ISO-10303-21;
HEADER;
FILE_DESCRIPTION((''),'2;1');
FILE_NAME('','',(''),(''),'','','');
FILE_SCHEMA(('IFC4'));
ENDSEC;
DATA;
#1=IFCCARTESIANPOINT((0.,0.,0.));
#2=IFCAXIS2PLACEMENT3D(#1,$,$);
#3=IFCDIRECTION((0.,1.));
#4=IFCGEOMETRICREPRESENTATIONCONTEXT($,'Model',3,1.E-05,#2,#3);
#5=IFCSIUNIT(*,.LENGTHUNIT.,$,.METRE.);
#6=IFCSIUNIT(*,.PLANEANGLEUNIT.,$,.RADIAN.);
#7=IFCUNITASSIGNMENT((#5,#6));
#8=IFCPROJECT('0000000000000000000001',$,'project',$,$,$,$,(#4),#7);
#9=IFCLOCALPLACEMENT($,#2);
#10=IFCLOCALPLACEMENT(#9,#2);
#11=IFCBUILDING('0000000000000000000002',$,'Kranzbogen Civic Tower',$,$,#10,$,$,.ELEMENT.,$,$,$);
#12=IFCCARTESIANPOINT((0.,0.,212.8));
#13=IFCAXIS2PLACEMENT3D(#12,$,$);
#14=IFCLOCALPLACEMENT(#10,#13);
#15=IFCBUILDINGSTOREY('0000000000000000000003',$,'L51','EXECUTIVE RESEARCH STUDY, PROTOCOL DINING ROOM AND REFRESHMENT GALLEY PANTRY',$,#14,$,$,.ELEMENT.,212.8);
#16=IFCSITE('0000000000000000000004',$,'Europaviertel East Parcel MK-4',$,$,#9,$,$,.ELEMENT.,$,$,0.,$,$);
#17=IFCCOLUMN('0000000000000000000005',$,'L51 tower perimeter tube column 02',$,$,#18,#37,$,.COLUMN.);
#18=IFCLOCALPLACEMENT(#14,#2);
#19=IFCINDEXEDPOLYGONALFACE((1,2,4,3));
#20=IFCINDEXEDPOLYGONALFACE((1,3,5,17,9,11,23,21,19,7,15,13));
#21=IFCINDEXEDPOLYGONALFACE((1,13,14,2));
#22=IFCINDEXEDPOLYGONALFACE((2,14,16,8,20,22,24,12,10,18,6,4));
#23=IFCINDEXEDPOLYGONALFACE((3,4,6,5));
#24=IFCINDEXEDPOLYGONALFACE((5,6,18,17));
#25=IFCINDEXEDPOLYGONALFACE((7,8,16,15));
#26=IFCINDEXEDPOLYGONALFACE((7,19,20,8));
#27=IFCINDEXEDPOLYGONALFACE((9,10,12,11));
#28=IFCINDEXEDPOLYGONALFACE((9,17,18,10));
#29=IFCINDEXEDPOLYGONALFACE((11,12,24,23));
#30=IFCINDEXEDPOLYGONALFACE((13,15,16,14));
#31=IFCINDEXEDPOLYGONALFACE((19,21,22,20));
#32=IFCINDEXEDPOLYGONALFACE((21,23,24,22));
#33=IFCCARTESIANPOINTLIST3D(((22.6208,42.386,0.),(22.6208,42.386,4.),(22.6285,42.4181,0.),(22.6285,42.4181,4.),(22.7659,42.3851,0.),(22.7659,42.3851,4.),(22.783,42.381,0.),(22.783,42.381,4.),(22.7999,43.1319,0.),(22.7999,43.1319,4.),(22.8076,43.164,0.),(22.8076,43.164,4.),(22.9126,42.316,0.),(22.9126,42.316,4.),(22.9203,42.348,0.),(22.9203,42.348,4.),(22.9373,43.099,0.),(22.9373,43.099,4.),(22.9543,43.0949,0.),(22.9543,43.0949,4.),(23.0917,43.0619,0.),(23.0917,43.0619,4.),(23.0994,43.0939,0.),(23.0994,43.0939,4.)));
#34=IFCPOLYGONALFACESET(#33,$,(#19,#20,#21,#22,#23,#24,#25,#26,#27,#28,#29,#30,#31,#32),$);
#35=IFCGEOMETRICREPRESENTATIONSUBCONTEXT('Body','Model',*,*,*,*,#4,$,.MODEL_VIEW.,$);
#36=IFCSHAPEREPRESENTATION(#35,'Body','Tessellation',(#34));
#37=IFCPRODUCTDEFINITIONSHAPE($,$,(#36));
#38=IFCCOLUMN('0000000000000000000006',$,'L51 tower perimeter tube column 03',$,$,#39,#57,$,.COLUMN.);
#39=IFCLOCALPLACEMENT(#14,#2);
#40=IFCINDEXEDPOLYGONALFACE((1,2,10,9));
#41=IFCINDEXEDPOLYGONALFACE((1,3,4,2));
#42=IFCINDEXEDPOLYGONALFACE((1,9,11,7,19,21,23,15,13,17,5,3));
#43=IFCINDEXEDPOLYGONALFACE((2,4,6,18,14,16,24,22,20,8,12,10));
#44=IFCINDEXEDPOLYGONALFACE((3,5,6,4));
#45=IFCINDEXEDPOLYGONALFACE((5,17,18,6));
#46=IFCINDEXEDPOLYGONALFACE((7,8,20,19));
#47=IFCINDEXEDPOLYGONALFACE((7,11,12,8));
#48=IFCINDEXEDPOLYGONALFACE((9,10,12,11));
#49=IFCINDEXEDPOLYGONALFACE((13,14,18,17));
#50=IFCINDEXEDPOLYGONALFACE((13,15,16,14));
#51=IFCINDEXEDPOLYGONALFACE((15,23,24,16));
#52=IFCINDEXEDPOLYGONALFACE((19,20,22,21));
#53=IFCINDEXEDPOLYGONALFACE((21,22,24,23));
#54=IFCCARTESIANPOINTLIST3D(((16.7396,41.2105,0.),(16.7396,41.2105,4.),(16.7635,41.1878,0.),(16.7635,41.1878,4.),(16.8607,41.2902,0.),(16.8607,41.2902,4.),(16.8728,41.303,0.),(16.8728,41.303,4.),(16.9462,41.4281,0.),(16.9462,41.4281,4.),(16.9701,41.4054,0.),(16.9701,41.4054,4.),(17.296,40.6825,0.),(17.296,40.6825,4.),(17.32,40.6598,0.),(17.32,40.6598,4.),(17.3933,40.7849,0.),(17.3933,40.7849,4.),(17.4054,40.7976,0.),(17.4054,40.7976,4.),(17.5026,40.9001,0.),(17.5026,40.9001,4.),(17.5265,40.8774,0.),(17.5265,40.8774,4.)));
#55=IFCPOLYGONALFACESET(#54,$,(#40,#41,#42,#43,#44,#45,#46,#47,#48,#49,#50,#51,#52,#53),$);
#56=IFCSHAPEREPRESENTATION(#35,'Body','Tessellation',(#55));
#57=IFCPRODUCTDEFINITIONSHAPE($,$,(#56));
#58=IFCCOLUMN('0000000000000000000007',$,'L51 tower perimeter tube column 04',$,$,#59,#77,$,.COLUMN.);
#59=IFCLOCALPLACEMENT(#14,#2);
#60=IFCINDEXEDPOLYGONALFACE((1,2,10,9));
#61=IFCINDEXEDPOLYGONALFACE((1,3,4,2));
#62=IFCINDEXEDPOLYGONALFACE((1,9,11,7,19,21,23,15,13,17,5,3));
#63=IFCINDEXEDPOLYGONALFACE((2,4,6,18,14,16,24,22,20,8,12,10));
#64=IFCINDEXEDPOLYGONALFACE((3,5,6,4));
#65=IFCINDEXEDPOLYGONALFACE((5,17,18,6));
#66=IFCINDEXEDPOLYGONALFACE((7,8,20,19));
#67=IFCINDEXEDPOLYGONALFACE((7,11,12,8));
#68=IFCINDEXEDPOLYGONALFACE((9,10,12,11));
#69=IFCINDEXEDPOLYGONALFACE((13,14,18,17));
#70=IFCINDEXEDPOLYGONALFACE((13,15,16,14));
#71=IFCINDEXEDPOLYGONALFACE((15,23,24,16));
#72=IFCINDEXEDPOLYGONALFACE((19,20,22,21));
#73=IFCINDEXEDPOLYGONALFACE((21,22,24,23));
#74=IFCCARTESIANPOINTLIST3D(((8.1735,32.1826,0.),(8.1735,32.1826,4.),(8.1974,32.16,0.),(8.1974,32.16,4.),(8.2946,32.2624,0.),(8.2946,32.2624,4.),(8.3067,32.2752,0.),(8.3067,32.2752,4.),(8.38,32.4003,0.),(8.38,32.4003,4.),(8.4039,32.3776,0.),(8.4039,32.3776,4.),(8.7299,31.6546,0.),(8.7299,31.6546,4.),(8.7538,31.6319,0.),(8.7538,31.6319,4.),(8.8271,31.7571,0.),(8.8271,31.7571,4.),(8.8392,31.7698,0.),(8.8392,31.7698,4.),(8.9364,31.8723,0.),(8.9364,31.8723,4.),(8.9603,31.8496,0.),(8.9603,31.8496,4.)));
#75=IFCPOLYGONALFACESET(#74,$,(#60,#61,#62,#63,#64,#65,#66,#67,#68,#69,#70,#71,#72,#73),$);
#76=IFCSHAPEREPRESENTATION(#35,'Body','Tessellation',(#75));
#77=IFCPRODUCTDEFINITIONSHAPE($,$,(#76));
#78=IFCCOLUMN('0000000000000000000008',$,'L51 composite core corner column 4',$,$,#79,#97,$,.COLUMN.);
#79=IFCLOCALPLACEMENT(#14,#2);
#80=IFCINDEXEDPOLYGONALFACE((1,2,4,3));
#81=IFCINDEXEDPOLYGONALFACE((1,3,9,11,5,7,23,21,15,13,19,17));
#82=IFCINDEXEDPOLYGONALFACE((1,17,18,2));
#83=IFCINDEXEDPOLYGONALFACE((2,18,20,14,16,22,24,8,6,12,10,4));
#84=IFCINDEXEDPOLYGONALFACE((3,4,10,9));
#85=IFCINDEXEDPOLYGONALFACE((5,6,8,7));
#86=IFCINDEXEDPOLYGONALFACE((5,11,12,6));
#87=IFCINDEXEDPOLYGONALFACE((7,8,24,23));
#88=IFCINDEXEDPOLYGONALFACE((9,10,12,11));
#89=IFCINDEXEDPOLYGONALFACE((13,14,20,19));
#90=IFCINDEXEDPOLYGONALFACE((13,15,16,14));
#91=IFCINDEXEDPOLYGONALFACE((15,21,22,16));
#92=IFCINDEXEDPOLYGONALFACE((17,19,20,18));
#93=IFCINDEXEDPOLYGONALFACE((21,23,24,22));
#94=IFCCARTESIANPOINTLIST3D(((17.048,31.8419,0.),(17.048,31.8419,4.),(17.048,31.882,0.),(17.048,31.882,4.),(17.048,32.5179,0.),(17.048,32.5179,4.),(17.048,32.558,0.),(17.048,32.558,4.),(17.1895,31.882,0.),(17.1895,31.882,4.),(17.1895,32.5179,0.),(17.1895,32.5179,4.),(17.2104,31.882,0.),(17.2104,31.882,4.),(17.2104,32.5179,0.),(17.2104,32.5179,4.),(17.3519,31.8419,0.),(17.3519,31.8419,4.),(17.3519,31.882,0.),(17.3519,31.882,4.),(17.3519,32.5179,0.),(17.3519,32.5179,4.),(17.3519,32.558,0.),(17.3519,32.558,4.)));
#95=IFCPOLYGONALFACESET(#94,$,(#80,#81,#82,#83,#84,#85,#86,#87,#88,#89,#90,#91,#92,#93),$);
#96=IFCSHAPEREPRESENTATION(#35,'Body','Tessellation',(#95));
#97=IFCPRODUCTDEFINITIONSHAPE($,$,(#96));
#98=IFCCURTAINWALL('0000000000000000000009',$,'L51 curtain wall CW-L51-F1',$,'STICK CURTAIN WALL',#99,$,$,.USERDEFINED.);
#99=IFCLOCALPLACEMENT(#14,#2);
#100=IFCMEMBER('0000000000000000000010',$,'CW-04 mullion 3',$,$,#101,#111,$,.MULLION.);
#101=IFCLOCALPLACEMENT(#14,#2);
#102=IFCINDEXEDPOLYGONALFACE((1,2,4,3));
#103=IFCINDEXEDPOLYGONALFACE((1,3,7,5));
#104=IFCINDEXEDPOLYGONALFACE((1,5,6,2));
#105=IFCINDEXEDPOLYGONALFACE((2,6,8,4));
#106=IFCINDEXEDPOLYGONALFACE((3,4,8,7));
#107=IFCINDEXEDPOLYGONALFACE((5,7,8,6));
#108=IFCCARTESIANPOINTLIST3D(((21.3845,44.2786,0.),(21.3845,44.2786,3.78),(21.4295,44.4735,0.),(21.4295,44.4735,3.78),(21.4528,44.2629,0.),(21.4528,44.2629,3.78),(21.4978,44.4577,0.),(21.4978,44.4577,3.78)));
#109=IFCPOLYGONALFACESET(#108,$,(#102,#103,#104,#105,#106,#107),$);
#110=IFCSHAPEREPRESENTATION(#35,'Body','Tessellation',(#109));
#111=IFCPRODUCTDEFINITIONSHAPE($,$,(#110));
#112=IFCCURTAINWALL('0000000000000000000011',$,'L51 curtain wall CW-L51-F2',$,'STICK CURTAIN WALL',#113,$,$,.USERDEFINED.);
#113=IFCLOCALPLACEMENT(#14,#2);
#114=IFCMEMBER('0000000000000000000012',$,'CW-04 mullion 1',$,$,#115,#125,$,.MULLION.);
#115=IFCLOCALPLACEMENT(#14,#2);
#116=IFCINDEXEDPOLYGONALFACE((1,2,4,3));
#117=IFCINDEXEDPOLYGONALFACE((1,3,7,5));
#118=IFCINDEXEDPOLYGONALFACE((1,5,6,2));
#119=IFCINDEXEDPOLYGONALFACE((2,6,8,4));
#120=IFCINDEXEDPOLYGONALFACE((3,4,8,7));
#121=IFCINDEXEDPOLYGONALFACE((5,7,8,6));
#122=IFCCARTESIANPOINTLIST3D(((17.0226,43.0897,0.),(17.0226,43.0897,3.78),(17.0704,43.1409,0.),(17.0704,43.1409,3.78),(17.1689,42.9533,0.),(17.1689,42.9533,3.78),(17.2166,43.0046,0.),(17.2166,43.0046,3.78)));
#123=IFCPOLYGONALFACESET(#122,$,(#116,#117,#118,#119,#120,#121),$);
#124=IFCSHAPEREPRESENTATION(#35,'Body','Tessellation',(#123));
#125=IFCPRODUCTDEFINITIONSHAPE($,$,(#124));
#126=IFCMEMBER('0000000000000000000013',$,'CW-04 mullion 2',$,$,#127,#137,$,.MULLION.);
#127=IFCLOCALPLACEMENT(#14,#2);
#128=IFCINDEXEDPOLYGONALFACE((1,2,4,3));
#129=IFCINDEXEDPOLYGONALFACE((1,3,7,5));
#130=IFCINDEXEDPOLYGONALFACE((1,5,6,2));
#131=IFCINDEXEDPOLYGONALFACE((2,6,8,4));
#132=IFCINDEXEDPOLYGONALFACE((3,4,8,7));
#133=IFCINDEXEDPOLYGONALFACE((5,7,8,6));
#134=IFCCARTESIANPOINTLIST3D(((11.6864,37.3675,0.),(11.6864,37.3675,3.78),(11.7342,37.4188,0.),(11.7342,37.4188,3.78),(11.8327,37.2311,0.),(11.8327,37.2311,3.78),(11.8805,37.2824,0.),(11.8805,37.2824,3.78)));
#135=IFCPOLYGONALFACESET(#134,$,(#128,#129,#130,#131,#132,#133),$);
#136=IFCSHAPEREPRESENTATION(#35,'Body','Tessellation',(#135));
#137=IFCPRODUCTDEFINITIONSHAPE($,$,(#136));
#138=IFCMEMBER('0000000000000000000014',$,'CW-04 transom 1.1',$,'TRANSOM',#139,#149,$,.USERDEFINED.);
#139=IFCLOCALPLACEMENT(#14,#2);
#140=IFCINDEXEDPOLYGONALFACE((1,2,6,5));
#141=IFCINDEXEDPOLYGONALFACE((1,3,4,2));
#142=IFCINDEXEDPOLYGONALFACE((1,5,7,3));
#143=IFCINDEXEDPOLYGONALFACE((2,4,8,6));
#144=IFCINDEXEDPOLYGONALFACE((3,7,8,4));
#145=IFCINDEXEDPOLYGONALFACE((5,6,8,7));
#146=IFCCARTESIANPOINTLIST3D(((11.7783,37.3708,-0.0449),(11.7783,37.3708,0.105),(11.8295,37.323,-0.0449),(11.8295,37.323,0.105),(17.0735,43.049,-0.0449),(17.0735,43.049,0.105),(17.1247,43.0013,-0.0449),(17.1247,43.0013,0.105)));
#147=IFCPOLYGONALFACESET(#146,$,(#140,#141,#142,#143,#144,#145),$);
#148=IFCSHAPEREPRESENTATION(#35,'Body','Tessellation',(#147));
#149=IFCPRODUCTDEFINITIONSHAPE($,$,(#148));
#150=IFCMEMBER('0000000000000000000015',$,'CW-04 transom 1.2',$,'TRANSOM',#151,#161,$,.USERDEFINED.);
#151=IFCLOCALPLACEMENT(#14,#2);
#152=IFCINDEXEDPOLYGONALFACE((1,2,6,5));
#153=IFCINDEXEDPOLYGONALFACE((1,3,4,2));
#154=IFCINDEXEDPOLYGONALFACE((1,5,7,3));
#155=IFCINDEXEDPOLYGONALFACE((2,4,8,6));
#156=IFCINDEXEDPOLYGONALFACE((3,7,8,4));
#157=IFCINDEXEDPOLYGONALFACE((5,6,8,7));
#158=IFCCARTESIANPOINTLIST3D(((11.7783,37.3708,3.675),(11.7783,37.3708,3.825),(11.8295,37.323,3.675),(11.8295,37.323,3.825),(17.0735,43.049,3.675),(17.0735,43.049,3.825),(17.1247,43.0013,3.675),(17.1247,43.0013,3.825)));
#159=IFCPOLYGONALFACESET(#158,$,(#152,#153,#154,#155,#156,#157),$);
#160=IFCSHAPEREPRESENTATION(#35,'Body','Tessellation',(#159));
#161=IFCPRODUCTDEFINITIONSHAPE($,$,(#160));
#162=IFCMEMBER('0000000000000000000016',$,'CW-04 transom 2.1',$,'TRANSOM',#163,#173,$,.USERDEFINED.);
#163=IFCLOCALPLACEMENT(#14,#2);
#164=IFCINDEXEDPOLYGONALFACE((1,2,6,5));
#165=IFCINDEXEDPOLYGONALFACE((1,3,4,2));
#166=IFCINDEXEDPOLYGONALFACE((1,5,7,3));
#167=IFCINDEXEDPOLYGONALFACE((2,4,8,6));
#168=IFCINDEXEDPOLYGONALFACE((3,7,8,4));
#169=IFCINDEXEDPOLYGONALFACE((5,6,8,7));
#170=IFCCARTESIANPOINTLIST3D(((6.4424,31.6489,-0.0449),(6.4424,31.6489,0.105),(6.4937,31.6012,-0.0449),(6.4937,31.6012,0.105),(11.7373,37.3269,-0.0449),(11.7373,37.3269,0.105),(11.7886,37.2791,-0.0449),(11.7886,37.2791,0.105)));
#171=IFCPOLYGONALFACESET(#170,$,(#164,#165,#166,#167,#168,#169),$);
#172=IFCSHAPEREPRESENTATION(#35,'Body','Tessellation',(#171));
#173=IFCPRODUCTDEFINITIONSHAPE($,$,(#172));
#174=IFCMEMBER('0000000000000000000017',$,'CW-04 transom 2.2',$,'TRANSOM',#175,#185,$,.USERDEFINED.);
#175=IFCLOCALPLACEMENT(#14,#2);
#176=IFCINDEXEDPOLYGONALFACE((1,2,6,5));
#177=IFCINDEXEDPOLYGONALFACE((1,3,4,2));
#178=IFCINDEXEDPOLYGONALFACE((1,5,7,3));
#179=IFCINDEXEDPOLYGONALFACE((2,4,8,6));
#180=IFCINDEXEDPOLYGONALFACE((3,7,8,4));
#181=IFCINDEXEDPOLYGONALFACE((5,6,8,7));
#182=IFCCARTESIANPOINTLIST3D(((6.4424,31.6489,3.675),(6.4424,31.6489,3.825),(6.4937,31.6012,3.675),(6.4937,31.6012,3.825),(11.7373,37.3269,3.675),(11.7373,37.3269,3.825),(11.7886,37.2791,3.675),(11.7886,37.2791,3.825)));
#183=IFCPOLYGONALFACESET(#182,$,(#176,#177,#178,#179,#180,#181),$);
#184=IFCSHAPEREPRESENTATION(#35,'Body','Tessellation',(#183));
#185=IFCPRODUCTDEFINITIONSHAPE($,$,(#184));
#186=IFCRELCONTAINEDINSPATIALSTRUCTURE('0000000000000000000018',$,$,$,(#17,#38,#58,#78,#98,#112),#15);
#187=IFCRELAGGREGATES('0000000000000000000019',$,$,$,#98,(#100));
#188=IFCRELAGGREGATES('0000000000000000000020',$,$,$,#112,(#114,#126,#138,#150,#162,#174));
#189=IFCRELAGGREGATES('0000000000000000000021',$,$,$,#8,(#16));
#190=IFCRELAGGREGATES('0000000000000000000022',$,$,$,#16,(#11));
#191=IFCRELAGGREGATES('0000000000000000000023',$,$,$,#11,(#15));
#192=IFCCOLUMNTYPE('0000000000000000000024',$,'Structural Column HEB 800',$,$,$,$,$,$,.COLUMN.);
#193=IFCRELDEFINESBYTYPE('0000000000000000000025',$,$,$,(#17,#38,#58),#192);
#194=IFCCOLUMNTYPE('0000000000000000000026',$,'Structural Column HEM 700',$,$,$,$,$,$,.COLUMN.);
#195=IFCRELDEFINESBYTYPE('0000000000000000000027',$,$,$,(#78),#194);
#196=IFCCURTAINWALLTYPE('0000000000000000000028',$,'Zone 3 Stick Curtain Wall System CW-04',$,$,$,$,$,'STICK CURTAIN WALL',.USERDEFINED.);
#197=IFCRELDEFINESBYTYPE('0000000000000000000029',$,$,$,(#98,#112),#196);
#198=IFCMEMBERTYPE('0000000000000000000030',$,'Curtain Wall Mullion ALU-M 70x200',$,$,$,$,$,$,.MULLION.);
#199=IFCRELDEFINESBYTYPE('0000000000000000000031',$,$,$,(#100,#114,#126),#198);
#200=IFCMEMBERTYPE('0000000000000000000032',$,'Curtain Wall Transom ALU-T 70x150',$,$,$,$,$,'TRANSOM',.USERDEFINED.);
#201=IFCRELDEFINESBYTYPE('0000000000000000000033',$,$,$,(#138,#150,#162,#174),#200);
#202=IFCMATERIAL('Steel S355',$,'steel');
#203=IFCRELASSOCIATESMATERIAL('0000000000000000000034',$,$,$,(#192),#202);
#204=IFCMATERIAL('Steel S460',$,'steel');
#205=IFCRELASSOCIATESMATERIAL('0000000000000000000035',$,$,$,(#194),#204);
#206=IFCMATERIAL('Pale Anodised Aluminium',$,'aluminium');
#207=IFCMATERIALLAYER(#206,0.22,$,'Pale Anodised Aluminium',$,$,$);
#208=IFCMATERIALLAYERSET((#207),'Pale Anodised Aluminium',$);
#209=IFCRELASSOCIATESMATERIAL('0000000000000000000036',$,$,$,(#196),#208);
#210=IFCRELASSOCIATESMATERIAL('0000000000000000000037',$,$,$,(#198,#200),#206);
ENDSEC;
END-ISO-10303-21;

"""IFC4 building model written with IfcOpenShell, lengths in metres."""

from ifc_helpers import new_model, si_unit, direction, frame, origin, origin_2d, place, context, subcontext, project, spatial, rectangle, i_section, extrude, material, layer, layer_set, material_profile, profile_set, type_object, element, aggregate, save


model = new_model("IFC4")

# Units and contexts
model_context = context("Model", 3, precision=1e-05, world=origin(), true_north=direction((0.0, 1.0)))
body_context = subcontext(model_context, "Body", "Model", "MODEL_VIEW")
ifc_project = project(units=[si_unit("LENGTHUNIT", "METRE"), si_unit("PLANEANGLEUNIT", "RADIAN")], contexts=[model_context])

# Site, building, storey
site_placement = place(None, origin())
site = spatial("IfcSite", under=ifc_project, at=site_placement, Name="Europaviertel East Parcel MK-4", CompositionType="ELEMENT", RefElevation=0.0)
building_placement = place(site_placement, origin())
building = spatial("IfcBuilding", under=site, at=building_placement, Name="Kranzbogen Civic Tower", CompositionType="ELEMENT")
storey_placement = place(building_placement, frame((0.0, 0.0, 212.8)))
storey = spatial("IfcBuildingStorey", under=building, at=storey_placement, Name="L51", Description="EXECUTIVE RESEARCH STUDY, PROTOCOL DINING ROOM AND REFRESHMENT GALLEY PANTRY", CompositionType="ELEMENT", Elevation=212.8)

# Columns
ifc_material_1 = material(Name="Steel S355", Category="steel")
ifc_material_profile_1 = material_profile(ifc_material_1, i_section(OverallWidth=0.3, OverallDepth=0.8, WebThickness=0.0176, FlangeThickness=0.033, at=origin_2d()), Name="HEB 800")
ifc_profile_set_1 = profile_set([ifc_material_profile_1], Name="Steel S355")
column_type_1 = type_object("IfcColumnType", Name="Structural Column HEB 800", PredefinedType="COLUMN", material=ifc_profile_set_1)
for number, where, z_axis, x_axis, name in (
    (1, (22.8601, 42.74, 0.0), (0.0, 0.0, 1.0), (-0.97237, 0.233445, 0.0), "L51 tower perimeter tube column 02"),
    (2, (17.1331, 41.0439, 0.0), (0.0, 0.0, 1.0), (0.688355, 0.725374, 0.0), "L51 tower perimeter tube column 03"),
    (3, (8.5669, 32.0161, 0.0), (0.0, 0.0, 1.0), (0.688355, 0.725374, 0.0), "L51 tower perimeter tube column 04"),
):
    element("IfcColumn", number, at=place(storey_placement, frame(where, z_axis=z_axis, x_axis=x_axis)), inside=storey, type_object=column_type_1, Name=name, PredefinedType="COLUMN", context=body_context, shape_type="SweptSolid", body=[
        extrude(i_section(OverallWidth=0.3, OverallDepth=0.8, WebThickness=0.0176, FlangeThickness=0.033, at=origin_2d()), origin(), (0.0, 0.0, 1.0), 4.0),
    ])
ifc_material_2 = material(Name="Steel S460", Category="steel")
ifc_material_profile_2 = material_profile(ifc_material_2, i_section(OverallWidth=0.304, OverallDepth=0.7161, WebThickness=0.021, FlangeThickness=0.04, at=origin_2d()), Name="HEM 700")
ifc_profile_set_2 = profile_set([ifc_material_profile_2], Name="Steel S460")
column_type_2 = type_object("IfcColumnType", Name="Structural Column HEM 700", PredefinedType="COLUMN", material=ifc_profile_set_2)
column_placement = place(storey_placement, frame((17.2, 32.2, 0.0), z_axis=(0.0, 0.0, 1.0), x_axis=(1.0, 0.0, 0.0)))
element("IfcColumn", 4, at=column_placement, inside=storey, type_object=column_type_2, Name="L51 composite core corner column 4", PredefinedType="COLUMN", context=body_context, shape_type="SweptSolid", body=[
    extrude(i_section(OverallWidth=0.304, OverallDepth=0.7161, WebThickness=0.021, FlangeThickness=0.04, at=origin_2d()), origin(), (0.0, 0.0, 1.0), 4.0),
])

# Curtain wall, member
ifc_material_3 = material(Name="Pale Anodised Aluminium", Category="aluminium")
ifc_layer_1 = layer(ifc_material_3, 0.22, Name="Pale Anodised Aluminium")
ifc_layer_set_1 = layer_set([ifc_layer_1], Name="Pale Anodised Aluminium")
curtain_wall_type = type_object("IfcCurtainWallType", Name="Zone 3 Stick Curtain Wall System CW-04", ElementType="STICK CURTAIN WALL", PredefinedType="USERDEFINED", material=ifc_layer_set_1)
curtain_wall_1_placement = place(storey_placement, origin())
curtain_wall_1 = element("IfcCurtainWall", 5, at=curtain_wall_1_placement, inside=storey, type_object=curtain_wall_type, Name="L51 curtain wall CW-L51-F1", ObjectType="STICK CURTAIN WALL", PredefinedType="USERDEFINED")
ifc_material_profile_3 = material_profile(ifc_material_3, rectangle(XDim=0.0701, YDim=0.2, at=origin_2d()), Name="ALU-M 70x200")
ifc_profile_set_3 = profile_set([ifc_material_profile_3], Name="Pale Anodised Aluminium")
member_type_1 = type_object("IfcMemberType", Name="Curtain Wall Mullion ALU-M 70x200", PredefinedType="MULLION", material=ifc_profile_set_3)
member_1_placement = place(storey_placement, frame((21.4412, 44.3682, 0.0), z_axis=(0.0, 0.0, 1.0), x_axis=(-0.974365, 0.224971, 0.0)))
member_1 = element("IfcMember", 6, at=member_1_placement, type_object=member_type_1, Name="CW-04 mullion 3", PredefinedType="MULLION", context=body_context, shape_type="SweptSolid", body=[
    extrude(rectangle(XDim=0.0701, YDim=0.2, at=origin_2d()), origin(), (0.0, 0.0, 1.0), 3.78),
])
aggregate(curtain_wall_1, [member_1])

# Curtain wall, members
curtain_wall_2_placement = place(storey_placement, origin())
curtain_wall_2 = element("IfcCurtainWall", 7, at=curtain_wall_2_placement, inside=storey, type_object=curtain_wall_type, Name="L51 curtain wall CW-L51-F2", ObjectType="STICK CURTAIN WALL", PredefinedType="USERDEFINED")
member_2_placement = place(storey_placement, frame((17.1196, 43.0471, 0.0), z_axis=(0.0, 0.0, 1.0), x_axis=(-0.682007, -0.731345, 0.0)))
member_2 = element("IfcMember", 8, at=member_2_placement, type_object=member_type_1, Name="CW-04 mullion 1", PredefinedType="MULLION", context=body_context, shape_type="SweptSolid", body=[
    extrude(rectangle(XDim=0.0701, YDim=0.2, at=origin_2d()), origin(), (0.0, 0.0, 1.0), 3.78),
])
member_3_placement = place(storey_placement, frame((11.7834, 37.325, 0.0), z_axis=(0.0, 0.0, 1.0), x_axis=(-0.682007, -0.731345, 0.0)))
member_3 = element("IfcMember", 9, at=member_3_placement, type_object=member_type_1, Name="CW-04 mullion 2", PredefinedType="MULLION", context=body_context, shape_type="SweptSolid", body=[
    extrude(rectangle(XDim=0.0701, YDim=0.2, at=origin_2d()), origin(), (0.0, 0.0, 1.0), 3.78),
])
ifc_material_profile_4 = material_profile(ifc_material_3, rectangle(XDim=0.0701, YDim=0.1499, at=origin_2d()), Name="ALU-T 70x150")
ifc_profile_set_4 = profile_set([ifc_material_profile_4], Name="Pale Anodised Aluminium")
member_type_2 = type_object("IfcMemberType", Name="Curtain Wall Transom ALU-T 70x150", ElementType="TRANSOM", PredefinedType="USERDEFINED", material=ifc_profile_set_4)
member_4_placement = place(storey_placement, frame((17.0991, 43.0251, 0.03), z_axis=(-0.682008, -0.731345, 0.0), x_axis=(0.731345, -0.682008, 0.0)))
member_4 = element("IfcMember", 10, at=member_4_placement, type_object=member_type_2, Name="CW-04 transom 1.1", ObjectType="TRANSOM", PredefinedType="USERDEFINED", context=body_context, shape_type="SweptSolid", body=[
    extrude(rectangle(XDim=0.0701, YDim=0.1499, at=origin_2d()), origin(), (0.0, 0.0, 1.0), 7.7642),
])
member_5_placement = place(storey_placement, frame((17.0991, 43.0251, 3.75), z_axis=(-0.682008, -0.731345, 0.0), x_axis=(0.731345, -0.682008, 0.0)))
member_5 = element("IfcMember", 11, at=member_5_placement, type_object=member_type_2, Name="CW-04 transom 1.2", ObjectType="TRANSOM", PredefinedType="USERDEFINED", context=body_context, shape_type="SweptSolid", body=[
    extrude(rectangle(XDim=0.0701, YDim=0.1499, at=origin_2d()), origin(), (0.0, 0.0, 1.0), 7.7642),
])
member_6_placement = place(storey_placement, frame((11.7629, 37.303, 0.03), z_axis=(-0.682007, -0.731346, 0.0), x_axis=(0.731346, -0.682007, 0.0)))
member_6 = element("IfcMember", 12, at=member_6_placement, type_object=member_type_2, Name="CW-04 transom 2.1", ObjectType="TRANSOM", PredefinedType="USERDEFINED", context=body_context, shape_type="SweptSolid", body=[
    extrude(rectangle(XDim=0.0701, YDim=0.1499, at=origin_2d()), origin(), (0.0, 0.0, 1.0), 7.7637),
])
member_7_placement = place(storey_placement, frame((11.7629, 37.303, 3.75), z_axis=(-0.682007, -0.731346, 0.0), x_axis=(0.731346, -0.682007, 0.0)))
member_7 = element("IfcMember", 13, at=member_7_placement, type_object=member_type_2, Name="CW-04 transom 2.2", ObjectType="TRANSOM", PredefinedType="USERDEFINED", context=body_context, shape_type="SweptSolid", body=[
    extrude(rectangle(XDim=0.0701, YDim=0.1499, at=origin_2d()), origin(), (0.0, 0.0, 1.0), 7.7637),
])

aggregate(curtain_wall_2, [member_2, member_3, member_4, member_5, member_6, member_7])

save(model, "model.ifc")
